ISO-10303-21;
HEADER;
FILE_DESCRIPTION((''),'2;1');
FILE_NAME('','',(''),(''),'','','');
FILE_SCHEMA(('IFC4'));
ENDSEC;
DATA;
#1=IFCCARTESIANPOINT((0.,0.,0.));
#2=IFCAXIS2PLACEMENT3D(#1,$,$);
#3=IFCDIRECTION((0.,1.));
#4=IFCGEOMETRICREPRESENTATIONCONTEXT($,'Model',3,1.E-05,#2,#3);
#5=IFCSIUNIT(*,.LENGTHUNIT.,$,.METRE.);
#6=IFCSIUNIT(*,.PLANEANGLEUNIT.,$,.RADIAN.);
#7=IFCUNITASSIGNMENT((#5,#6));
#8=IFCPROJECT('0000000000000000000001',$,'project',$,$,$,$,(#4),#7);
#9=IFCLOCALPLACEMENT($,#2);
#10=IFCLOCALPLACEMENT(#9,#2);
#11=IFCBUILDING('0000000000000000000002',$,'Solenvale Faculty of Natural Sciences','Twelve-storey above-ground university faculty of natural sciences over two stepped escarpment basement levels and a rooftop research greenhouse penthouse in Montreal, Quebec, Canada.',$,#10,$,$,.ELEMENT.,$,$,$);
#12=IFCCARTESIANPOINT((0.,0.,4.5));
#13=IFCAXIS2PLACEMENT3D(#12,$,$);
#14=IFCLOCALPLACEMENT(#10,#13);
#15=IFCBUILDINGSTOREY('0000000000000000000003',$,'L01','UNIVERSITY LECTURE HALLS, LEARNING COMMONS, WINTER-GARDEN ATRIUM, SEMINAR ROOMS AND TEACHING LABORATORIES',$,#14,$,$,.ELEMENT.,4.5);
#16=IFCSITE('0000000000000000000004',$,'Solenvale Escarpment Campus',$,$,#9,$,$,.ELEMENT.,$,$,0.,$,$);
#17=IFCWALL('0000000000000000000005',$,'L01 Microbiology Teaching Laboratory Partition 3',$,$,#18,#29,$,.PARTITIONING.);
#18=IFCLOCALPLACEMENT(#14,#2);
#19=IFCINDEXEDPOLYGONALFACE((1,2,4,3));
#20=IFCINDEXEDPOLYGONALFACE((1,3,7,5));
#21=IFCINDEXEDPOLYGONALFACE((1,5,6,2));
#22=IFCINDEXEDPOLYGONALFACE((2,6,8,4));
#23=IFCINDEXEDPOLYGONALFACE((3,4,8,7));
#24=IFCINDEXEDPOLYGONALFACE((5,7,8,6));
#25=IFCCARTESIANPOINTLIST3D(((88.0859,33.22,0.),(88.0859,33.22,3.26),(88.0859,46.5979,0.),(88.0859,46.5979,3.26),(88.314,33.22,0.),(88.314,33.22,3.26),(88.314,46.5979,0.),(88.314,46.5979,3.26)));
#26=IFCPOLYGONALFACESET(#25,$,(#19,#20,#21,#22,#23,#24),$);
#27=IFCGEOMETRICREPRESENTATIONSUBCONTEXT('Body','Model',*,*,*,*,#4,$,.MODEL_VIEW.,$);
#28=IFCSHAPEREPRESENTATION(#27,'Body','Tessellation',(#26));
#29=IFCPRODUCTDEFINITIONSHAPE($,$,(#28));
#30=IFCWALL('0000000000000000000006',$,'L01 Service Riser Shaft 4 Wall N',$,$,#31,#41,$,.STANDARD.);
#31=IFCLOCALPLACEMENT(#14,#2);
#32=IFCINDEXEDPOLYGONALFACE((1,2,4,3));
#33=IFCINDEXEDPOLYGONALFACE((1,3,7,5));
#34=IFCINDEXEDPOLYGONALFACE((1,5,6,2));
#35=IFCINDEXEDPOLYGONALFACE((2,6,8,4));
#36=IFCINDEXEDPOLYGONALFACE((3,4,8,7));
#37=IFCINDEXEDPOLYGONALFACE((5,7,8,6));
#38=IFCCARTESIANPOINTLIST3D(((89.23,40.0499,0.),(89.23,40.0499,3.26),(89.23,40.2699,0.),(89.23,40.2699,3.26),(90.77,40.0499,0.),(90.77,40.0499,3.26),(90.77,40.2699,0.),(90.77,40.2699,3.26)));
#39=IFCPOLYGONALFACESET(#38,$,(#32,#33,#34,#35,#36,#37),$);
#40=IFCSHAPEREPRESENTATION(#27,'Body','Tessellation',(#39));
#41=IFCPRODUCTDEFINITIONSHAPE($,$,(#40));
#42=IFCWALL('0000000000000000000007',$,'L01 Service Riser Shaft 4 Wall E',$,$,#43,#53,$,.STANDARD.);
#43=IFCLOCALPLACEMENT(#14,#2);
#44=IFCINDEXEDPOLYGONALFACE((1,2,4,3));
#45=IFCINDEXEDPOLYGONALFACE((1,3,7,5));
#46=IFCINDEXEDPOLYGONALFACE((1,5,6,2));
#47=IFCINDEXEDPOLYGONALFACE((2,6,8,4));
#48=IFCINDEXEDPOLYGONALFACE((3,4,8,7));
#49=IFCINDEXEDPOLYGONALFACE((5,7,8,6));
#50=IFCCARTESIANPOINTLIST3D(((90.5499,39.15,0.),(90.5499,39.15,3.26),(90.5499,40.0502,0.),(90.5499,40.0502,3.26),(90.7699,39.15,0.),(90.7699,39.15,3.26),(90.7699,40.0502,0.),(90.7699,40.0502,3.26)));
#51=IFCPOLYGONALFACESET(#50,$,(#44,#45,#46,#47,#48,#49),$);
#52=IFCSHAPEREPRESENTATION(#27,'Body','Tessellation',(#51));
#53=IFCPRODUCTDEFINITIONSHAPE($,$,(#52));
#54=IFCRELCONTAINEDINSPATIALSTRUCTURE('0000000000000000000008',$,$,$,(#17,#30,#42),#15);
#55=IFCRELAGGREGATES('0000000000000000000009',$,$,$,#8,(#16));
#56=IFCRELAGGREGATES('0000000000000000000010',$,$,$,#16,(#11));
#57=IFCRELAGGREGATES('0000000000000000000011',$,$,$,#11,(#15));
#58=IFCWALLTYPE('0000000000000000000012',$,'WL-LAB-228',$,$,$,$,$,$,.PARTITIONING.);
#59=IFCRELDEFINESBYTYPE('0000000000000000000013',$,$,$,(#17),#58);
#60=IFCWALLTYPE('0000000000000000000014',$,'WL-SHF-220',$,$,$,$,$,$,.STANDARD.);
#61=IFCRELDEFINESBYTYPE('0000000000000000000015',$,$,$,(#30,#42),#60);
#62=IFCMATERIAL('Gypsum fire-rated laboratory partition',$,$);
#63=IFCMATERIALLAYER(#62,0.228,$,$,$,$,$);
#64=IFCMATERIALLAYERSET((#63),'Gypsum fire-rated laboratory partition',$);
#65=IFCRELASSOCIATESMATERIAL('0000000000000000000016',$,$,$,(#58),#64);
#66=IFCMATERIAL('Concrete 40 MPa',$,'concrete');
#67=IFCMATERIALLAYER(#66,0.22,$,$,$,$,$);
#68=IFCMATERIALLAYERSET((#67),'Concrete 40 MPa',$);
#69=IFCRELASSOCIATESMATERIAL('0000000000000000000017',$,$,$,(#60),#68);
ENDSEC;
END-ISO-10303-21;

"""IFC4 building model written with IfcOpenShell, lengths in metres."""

from ifc_helpers import new_model, si_unit, direction, frame, frame_2d, origin, place, context, subcontext, project, spatial, rectangle, extrude, material, layer, layer_set, type_object, element, save


model = new_model("IFC4")

# Units and contexts
model_context = context("Model", 3, precision=1e-05, world=origin(), true_north=direction((0.0, 1.0)))
body_context = subcontext(model_context, "Body", "Model", "MODEL_VIEW")
ifc_project = project(units=[si_unit("LENGTHUNIT", "METRE"), si_unit("PLANEANGLEUNIT", "RADIAN")], contexts=[model_context])

# Site, building, storey
site_placement = place(None, origin())
site = spatial("IfcSite", under=ifc_project, at=site_placement, Name="Solenvale Escarpment Campus", CompositionType="ELEMENT", RefElevation=0.0)
building_placement = place(site_placement, origin())
building = spatial("IfcBuilding", under=site, at=building_placement, Name="Solenvale Faculty of Natural Sciences", Description="Twelve-storey above-ground university faculty of natural sciences over two stepped escarpment basement levels and a rooftop research greenhouse penthouse in Montreal, Quebec, Canada.", CompositionType="ELEMENT")
storey_placement = place(building_placement, frame((0.0, 0.0, 4.5)))
storey = spatial("IfcBuildingStorey", under=building, at=storey_placement, Name="L01", Description="UNIVERSITY LECTURE HALLS, LEARNING COMMONS, WINTER-GARDEN ATRIUM, SEMINAR ROOMS AND TEACHING LABORATORIES", CompositionType="ELEMENT", Elevation=4.5)

# Walls
ifc_material_1 = material(Name="Gypsum fire-rated laboratory partition")
ifc_layer_1 = layer(ifc_material_1, 0.228)
ifc_layer_set_1 = layer_set([ifc_layer_1], Name="Gypsum fire-rated laboratory partition")
wall_type_1 = type_object("IfcWallType", Name="WL-LAB-228", PredefinedType="PARTITIONING", material=ifc_layer_set_1)
wall_1_placement = place(storey_placement, frame((88.2, 46.5979, 0.0), z_axis=(0.0, 0.0, 1.0), x_axis=(0.0, -1.0, 0.0)))
element("IfcWall", 1, at=wall_1_placement, inside=storey, type_object=wall_type_1, Name="L01 Microbiology Teaching Laboratory Partition 3", PredefinedType="PARTITIONING", context=body_context, shape_type="SweptSolid", body=[
    extrude(rectangle(XDim=13.3779, YDim=0.228, at=frame_2d((6.689, 0.0))), origin(), (0.0, 0.0, 1.0), 3.26),
])
ifc_material_2 = material(Name="Concrete 40 MPa", Category="concrete")
ifc_layer_2 = layer(ifc_material_2, 0.22)
ifc_layer_set_2 = layer_set([ifc_layer_2], Name="Concrete 40 MPa")
wall_type_2 = type_object("IfcWallType", Name="WL-SHF-220", PredefinedType="STANDARD", material=ifc_layer_set_2)
wall_2_placement = place(storey_placement, frame((89.23, 40.1599, 0.0), z_axis=(0.0, 0.0, 1.0), x_axis=(1.0, 0.0, 0.0)))
element("IfcWall", 2, at=wall_2_placement, inside=storey, type_object=wall_type_2, Name="L01 Service Riser Shaft 4 Wall N", PredefinedType="STANDARD", context=body_context, shape_type="SweptSolid", body=[
    extrude(rectangle(XDim=1.54, YDim=0.22, at=frame_2d((0.77, 0.0))), origin(), (0.0, 0.0, 1.0), 3.26),
])
wall_3_placement = place(storey_placement, frame((90.6599, 39.1499, 0.0), z_axis=(0.0, 0.0, 1.0), x_axis=(0.0, 1.0, 0.0)))
element("IfcWall", 3, at=wall_3_placement, inside=storey, type_object=wall_type_2, Name="L01 Service Riser Shaft 4 Wall E", PredefinedType="STANDARD", context=body_context, shape_type="SweptSolid", body=[
    extrude(rectangle(XDim=0.9001, YDim=0.22, at=frame_2d((0.4502, 0.0))), origin(), (0.0, 0.0, 1.0), 3.26),
])

save(model, "model.ifc")
